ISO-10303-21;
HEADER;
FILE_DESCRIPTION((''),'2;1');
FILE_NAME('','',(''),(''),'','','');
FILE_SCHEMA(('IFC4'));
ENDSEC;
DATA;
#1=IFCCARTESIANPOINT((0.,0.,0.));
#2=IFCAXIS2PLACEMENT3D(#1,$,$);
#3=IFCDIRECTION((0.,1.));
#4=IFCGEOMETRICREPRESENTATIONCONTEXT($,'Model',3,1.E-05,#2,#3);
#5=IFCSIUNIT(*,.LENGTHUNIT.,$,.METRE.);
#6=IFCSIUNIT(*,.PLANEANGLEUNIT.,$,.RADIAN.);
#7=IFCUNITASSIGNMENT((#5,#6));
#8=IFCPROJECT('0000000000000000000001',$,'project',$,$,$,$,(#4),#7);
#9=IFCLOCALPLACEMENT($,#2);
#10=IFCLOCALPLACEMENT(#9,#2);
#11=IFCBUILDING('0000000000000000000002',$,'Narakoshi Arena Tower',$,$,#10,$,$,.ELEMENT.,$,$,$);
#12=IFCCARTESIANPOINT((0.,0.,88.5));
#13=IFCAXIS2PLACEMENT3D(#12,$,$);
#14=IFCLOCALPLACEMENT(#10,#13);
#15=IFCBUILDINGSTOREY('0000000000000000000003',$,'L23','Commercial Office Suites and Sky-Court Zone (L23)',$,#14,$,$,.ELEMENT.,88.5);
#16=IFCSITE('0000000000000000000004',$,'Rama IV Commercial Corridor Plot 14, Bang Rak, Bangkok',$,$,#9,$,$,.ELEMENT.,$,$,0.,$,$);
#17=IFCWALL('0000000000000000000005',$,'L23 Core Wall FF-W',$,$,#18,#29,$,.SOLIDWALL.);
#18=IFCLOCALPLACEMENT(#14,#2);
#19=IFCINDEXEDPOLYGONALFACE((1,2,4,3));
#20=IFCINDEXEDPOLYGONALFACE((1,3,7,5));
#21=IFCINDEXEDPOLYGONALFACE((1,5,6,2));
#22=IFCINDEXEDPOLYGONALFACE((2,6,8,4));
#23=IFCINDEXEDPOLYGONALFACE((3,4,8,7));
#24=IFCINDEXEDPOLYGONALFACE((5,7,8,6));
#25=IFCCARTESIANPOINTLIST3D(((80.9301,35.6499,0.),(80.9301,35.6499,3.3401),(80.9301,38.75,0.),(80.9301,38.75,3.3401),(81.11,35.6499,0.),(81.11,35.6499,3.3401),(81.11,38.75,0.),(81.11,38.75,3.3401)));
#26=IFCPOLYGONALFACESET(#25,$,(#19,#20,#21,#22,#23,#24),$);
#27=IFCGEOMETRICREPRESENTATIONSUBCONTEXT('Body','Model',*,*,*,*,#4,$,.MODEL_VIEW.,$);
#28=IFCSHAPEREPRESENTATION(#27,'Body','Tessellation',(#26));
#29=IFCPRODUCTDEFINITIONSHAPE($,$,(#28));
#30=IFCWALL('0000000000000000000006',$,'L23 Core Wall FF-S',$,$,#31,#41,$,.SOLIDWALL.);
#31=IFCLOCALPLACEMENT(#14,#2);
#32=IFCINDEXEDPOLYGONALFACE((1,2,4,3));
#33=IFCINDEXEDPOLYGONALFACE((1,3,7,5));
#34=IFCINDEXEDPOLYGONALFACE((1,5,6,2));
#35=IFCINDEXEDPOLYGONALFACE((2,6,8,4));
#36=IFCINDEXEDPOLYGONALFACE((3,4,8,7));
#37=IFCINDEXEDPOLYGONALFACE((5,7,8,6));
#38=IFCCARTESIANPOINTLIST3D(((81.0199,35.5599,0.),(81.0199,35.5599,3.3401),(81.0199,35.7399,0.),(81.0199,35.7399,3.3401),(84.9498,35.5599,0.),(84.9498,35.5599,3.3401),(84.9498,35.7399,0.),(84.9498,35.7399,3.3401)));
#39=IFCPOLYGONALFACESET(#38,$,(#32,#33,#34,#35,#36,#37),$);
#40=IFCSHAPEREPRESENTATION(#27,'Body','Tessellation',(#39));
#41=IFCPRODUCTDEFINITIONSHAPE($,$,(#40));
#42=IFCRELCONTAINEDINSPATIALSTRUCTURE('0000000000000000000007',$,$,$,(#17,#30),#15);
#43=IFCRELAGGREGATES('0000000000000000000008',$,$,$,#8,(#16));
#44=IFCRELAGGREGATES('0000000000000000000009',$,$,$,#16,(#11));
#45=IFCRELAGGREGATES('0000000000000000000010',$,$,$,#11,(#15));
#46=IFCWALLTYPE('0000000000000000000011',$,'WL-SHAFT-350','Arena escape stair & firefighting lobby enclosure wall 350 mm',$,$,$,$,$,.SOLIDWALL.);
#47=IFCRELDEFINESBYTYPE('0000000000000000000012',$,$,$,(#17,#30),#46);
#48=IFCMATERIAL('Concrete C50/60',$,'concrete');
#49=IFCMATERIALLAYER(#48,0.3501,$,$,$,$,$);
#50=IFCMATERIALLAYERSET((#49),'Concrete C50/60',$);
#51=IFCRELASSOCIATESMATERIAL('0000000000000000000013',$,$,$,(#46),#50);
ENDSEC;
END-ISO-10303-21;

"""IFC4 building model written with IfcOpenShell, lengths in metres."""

from ifc_helpers import new_model, si_unit, direction, frame, frame_2d, origin, place, context, subcontext, project, spatial, rectangle, extrude, material, layer, layer_set, type_object, element, save


model = new_model("IFC4")

# Units and contexts
model_context = context("Model", 3, precision=1e-05, world=origin(), true_north=direction((0.0, 1.0)))
body_context = subcontext(model_context, "Body", "Model", "MODEL_VIEW")
ifc_project = project(units=[si_unit("LENGTHUNIT", "METRE"), si_unit("PLANEANGLEUNIT", "RADIAN")], contexts=[model_context])

# Site, building, storey
site_placement = place(None, origin())
site = spatial("IfcSite", under=ifc_project, at=site_placement, Name="Rama IV Commercial Corridor Plot 14, Bang Rak, Bangkok", CompositionType="ELEMENT", RefElevation=0.0)
building_placement = place(site_placement, origin())
building = spatial("IfcBuilding", under=site, at=building_placement, Name="Narakoshi Arena Tower", CompositionType="ELEMENT")
storey_placement = place(building_placement, frame((0.0, 0.0, 88.5)))
storey = spatial("IfcBuildingStorey", under=building, at=storey_placement, Name="L23", Description="Commercial Office Suites and Sky-Court Zone (L23)", CompositionType="ELEMENT", Elevation=88.5)

# Shared definitions
ifc_material_1 = material(Name="Concrete C50/60", Category="concrete")
ifc_layer_1 = layer(ifc_material_1, 0.3501)
ifc_layer_set_1 = layer_set([ifc_layer_1], Name="Concrete C50/60")
wall_type_1 = type_object("IfcWallType", Name="WL-SHAFT-350", Description="Arena escape stair & firefighting lobby enclosure wall 350 mm", PredefinedType="SOLIDWALL", material=ifc_layer_set_1)

# Walls
for number, where, z_axis, x_axis, name in (
    (1, (81.02, 35.6499, 0.0), (0.0, 0.0, 1.0), (0.0, 1.0, 0.0), "L23 Core Wall FF-W"),
):
    element("IfcWall", number, at=place(storey_placement, frame(where, z_axis=z_axis, x_axis=x_axis)), inside=storey, type_object=wall_type_1, Name=name, PredefinedType="SOLIDWALL", context=body_context, shape_type="SweptSolid", body=[
        extrude(rectangle(XDim=3.1001, YDim=0.1799, at=frame_2d((1.55, 0.0))), origin(), (0.0, 0.0, 1.0), 3.3401),
    ])
wall_1_placement = place(storey_placement, frame((81.02, 35.6499, 0.0), z_axis=(0.0, 0.0, 1.0), x_axis=(1.0, 0.0, 0.0)))
element("IfcWall", 2, at=wall_1_placement, inside=storey, type_object=wall_type_1, Name="L23 Core Wall FF-S", PredefinedType="SOLIDWALL", context=body_context, shape_type="SweptSolid", body=[
    extrude(rectangle(XDim=3.9299, YDim=0.1799, at=frame_2d((1.9648, 0.0))), origin(), (0.0, 0.0, 1.0), 3.3401),
])

save(model, "model.ifc")
